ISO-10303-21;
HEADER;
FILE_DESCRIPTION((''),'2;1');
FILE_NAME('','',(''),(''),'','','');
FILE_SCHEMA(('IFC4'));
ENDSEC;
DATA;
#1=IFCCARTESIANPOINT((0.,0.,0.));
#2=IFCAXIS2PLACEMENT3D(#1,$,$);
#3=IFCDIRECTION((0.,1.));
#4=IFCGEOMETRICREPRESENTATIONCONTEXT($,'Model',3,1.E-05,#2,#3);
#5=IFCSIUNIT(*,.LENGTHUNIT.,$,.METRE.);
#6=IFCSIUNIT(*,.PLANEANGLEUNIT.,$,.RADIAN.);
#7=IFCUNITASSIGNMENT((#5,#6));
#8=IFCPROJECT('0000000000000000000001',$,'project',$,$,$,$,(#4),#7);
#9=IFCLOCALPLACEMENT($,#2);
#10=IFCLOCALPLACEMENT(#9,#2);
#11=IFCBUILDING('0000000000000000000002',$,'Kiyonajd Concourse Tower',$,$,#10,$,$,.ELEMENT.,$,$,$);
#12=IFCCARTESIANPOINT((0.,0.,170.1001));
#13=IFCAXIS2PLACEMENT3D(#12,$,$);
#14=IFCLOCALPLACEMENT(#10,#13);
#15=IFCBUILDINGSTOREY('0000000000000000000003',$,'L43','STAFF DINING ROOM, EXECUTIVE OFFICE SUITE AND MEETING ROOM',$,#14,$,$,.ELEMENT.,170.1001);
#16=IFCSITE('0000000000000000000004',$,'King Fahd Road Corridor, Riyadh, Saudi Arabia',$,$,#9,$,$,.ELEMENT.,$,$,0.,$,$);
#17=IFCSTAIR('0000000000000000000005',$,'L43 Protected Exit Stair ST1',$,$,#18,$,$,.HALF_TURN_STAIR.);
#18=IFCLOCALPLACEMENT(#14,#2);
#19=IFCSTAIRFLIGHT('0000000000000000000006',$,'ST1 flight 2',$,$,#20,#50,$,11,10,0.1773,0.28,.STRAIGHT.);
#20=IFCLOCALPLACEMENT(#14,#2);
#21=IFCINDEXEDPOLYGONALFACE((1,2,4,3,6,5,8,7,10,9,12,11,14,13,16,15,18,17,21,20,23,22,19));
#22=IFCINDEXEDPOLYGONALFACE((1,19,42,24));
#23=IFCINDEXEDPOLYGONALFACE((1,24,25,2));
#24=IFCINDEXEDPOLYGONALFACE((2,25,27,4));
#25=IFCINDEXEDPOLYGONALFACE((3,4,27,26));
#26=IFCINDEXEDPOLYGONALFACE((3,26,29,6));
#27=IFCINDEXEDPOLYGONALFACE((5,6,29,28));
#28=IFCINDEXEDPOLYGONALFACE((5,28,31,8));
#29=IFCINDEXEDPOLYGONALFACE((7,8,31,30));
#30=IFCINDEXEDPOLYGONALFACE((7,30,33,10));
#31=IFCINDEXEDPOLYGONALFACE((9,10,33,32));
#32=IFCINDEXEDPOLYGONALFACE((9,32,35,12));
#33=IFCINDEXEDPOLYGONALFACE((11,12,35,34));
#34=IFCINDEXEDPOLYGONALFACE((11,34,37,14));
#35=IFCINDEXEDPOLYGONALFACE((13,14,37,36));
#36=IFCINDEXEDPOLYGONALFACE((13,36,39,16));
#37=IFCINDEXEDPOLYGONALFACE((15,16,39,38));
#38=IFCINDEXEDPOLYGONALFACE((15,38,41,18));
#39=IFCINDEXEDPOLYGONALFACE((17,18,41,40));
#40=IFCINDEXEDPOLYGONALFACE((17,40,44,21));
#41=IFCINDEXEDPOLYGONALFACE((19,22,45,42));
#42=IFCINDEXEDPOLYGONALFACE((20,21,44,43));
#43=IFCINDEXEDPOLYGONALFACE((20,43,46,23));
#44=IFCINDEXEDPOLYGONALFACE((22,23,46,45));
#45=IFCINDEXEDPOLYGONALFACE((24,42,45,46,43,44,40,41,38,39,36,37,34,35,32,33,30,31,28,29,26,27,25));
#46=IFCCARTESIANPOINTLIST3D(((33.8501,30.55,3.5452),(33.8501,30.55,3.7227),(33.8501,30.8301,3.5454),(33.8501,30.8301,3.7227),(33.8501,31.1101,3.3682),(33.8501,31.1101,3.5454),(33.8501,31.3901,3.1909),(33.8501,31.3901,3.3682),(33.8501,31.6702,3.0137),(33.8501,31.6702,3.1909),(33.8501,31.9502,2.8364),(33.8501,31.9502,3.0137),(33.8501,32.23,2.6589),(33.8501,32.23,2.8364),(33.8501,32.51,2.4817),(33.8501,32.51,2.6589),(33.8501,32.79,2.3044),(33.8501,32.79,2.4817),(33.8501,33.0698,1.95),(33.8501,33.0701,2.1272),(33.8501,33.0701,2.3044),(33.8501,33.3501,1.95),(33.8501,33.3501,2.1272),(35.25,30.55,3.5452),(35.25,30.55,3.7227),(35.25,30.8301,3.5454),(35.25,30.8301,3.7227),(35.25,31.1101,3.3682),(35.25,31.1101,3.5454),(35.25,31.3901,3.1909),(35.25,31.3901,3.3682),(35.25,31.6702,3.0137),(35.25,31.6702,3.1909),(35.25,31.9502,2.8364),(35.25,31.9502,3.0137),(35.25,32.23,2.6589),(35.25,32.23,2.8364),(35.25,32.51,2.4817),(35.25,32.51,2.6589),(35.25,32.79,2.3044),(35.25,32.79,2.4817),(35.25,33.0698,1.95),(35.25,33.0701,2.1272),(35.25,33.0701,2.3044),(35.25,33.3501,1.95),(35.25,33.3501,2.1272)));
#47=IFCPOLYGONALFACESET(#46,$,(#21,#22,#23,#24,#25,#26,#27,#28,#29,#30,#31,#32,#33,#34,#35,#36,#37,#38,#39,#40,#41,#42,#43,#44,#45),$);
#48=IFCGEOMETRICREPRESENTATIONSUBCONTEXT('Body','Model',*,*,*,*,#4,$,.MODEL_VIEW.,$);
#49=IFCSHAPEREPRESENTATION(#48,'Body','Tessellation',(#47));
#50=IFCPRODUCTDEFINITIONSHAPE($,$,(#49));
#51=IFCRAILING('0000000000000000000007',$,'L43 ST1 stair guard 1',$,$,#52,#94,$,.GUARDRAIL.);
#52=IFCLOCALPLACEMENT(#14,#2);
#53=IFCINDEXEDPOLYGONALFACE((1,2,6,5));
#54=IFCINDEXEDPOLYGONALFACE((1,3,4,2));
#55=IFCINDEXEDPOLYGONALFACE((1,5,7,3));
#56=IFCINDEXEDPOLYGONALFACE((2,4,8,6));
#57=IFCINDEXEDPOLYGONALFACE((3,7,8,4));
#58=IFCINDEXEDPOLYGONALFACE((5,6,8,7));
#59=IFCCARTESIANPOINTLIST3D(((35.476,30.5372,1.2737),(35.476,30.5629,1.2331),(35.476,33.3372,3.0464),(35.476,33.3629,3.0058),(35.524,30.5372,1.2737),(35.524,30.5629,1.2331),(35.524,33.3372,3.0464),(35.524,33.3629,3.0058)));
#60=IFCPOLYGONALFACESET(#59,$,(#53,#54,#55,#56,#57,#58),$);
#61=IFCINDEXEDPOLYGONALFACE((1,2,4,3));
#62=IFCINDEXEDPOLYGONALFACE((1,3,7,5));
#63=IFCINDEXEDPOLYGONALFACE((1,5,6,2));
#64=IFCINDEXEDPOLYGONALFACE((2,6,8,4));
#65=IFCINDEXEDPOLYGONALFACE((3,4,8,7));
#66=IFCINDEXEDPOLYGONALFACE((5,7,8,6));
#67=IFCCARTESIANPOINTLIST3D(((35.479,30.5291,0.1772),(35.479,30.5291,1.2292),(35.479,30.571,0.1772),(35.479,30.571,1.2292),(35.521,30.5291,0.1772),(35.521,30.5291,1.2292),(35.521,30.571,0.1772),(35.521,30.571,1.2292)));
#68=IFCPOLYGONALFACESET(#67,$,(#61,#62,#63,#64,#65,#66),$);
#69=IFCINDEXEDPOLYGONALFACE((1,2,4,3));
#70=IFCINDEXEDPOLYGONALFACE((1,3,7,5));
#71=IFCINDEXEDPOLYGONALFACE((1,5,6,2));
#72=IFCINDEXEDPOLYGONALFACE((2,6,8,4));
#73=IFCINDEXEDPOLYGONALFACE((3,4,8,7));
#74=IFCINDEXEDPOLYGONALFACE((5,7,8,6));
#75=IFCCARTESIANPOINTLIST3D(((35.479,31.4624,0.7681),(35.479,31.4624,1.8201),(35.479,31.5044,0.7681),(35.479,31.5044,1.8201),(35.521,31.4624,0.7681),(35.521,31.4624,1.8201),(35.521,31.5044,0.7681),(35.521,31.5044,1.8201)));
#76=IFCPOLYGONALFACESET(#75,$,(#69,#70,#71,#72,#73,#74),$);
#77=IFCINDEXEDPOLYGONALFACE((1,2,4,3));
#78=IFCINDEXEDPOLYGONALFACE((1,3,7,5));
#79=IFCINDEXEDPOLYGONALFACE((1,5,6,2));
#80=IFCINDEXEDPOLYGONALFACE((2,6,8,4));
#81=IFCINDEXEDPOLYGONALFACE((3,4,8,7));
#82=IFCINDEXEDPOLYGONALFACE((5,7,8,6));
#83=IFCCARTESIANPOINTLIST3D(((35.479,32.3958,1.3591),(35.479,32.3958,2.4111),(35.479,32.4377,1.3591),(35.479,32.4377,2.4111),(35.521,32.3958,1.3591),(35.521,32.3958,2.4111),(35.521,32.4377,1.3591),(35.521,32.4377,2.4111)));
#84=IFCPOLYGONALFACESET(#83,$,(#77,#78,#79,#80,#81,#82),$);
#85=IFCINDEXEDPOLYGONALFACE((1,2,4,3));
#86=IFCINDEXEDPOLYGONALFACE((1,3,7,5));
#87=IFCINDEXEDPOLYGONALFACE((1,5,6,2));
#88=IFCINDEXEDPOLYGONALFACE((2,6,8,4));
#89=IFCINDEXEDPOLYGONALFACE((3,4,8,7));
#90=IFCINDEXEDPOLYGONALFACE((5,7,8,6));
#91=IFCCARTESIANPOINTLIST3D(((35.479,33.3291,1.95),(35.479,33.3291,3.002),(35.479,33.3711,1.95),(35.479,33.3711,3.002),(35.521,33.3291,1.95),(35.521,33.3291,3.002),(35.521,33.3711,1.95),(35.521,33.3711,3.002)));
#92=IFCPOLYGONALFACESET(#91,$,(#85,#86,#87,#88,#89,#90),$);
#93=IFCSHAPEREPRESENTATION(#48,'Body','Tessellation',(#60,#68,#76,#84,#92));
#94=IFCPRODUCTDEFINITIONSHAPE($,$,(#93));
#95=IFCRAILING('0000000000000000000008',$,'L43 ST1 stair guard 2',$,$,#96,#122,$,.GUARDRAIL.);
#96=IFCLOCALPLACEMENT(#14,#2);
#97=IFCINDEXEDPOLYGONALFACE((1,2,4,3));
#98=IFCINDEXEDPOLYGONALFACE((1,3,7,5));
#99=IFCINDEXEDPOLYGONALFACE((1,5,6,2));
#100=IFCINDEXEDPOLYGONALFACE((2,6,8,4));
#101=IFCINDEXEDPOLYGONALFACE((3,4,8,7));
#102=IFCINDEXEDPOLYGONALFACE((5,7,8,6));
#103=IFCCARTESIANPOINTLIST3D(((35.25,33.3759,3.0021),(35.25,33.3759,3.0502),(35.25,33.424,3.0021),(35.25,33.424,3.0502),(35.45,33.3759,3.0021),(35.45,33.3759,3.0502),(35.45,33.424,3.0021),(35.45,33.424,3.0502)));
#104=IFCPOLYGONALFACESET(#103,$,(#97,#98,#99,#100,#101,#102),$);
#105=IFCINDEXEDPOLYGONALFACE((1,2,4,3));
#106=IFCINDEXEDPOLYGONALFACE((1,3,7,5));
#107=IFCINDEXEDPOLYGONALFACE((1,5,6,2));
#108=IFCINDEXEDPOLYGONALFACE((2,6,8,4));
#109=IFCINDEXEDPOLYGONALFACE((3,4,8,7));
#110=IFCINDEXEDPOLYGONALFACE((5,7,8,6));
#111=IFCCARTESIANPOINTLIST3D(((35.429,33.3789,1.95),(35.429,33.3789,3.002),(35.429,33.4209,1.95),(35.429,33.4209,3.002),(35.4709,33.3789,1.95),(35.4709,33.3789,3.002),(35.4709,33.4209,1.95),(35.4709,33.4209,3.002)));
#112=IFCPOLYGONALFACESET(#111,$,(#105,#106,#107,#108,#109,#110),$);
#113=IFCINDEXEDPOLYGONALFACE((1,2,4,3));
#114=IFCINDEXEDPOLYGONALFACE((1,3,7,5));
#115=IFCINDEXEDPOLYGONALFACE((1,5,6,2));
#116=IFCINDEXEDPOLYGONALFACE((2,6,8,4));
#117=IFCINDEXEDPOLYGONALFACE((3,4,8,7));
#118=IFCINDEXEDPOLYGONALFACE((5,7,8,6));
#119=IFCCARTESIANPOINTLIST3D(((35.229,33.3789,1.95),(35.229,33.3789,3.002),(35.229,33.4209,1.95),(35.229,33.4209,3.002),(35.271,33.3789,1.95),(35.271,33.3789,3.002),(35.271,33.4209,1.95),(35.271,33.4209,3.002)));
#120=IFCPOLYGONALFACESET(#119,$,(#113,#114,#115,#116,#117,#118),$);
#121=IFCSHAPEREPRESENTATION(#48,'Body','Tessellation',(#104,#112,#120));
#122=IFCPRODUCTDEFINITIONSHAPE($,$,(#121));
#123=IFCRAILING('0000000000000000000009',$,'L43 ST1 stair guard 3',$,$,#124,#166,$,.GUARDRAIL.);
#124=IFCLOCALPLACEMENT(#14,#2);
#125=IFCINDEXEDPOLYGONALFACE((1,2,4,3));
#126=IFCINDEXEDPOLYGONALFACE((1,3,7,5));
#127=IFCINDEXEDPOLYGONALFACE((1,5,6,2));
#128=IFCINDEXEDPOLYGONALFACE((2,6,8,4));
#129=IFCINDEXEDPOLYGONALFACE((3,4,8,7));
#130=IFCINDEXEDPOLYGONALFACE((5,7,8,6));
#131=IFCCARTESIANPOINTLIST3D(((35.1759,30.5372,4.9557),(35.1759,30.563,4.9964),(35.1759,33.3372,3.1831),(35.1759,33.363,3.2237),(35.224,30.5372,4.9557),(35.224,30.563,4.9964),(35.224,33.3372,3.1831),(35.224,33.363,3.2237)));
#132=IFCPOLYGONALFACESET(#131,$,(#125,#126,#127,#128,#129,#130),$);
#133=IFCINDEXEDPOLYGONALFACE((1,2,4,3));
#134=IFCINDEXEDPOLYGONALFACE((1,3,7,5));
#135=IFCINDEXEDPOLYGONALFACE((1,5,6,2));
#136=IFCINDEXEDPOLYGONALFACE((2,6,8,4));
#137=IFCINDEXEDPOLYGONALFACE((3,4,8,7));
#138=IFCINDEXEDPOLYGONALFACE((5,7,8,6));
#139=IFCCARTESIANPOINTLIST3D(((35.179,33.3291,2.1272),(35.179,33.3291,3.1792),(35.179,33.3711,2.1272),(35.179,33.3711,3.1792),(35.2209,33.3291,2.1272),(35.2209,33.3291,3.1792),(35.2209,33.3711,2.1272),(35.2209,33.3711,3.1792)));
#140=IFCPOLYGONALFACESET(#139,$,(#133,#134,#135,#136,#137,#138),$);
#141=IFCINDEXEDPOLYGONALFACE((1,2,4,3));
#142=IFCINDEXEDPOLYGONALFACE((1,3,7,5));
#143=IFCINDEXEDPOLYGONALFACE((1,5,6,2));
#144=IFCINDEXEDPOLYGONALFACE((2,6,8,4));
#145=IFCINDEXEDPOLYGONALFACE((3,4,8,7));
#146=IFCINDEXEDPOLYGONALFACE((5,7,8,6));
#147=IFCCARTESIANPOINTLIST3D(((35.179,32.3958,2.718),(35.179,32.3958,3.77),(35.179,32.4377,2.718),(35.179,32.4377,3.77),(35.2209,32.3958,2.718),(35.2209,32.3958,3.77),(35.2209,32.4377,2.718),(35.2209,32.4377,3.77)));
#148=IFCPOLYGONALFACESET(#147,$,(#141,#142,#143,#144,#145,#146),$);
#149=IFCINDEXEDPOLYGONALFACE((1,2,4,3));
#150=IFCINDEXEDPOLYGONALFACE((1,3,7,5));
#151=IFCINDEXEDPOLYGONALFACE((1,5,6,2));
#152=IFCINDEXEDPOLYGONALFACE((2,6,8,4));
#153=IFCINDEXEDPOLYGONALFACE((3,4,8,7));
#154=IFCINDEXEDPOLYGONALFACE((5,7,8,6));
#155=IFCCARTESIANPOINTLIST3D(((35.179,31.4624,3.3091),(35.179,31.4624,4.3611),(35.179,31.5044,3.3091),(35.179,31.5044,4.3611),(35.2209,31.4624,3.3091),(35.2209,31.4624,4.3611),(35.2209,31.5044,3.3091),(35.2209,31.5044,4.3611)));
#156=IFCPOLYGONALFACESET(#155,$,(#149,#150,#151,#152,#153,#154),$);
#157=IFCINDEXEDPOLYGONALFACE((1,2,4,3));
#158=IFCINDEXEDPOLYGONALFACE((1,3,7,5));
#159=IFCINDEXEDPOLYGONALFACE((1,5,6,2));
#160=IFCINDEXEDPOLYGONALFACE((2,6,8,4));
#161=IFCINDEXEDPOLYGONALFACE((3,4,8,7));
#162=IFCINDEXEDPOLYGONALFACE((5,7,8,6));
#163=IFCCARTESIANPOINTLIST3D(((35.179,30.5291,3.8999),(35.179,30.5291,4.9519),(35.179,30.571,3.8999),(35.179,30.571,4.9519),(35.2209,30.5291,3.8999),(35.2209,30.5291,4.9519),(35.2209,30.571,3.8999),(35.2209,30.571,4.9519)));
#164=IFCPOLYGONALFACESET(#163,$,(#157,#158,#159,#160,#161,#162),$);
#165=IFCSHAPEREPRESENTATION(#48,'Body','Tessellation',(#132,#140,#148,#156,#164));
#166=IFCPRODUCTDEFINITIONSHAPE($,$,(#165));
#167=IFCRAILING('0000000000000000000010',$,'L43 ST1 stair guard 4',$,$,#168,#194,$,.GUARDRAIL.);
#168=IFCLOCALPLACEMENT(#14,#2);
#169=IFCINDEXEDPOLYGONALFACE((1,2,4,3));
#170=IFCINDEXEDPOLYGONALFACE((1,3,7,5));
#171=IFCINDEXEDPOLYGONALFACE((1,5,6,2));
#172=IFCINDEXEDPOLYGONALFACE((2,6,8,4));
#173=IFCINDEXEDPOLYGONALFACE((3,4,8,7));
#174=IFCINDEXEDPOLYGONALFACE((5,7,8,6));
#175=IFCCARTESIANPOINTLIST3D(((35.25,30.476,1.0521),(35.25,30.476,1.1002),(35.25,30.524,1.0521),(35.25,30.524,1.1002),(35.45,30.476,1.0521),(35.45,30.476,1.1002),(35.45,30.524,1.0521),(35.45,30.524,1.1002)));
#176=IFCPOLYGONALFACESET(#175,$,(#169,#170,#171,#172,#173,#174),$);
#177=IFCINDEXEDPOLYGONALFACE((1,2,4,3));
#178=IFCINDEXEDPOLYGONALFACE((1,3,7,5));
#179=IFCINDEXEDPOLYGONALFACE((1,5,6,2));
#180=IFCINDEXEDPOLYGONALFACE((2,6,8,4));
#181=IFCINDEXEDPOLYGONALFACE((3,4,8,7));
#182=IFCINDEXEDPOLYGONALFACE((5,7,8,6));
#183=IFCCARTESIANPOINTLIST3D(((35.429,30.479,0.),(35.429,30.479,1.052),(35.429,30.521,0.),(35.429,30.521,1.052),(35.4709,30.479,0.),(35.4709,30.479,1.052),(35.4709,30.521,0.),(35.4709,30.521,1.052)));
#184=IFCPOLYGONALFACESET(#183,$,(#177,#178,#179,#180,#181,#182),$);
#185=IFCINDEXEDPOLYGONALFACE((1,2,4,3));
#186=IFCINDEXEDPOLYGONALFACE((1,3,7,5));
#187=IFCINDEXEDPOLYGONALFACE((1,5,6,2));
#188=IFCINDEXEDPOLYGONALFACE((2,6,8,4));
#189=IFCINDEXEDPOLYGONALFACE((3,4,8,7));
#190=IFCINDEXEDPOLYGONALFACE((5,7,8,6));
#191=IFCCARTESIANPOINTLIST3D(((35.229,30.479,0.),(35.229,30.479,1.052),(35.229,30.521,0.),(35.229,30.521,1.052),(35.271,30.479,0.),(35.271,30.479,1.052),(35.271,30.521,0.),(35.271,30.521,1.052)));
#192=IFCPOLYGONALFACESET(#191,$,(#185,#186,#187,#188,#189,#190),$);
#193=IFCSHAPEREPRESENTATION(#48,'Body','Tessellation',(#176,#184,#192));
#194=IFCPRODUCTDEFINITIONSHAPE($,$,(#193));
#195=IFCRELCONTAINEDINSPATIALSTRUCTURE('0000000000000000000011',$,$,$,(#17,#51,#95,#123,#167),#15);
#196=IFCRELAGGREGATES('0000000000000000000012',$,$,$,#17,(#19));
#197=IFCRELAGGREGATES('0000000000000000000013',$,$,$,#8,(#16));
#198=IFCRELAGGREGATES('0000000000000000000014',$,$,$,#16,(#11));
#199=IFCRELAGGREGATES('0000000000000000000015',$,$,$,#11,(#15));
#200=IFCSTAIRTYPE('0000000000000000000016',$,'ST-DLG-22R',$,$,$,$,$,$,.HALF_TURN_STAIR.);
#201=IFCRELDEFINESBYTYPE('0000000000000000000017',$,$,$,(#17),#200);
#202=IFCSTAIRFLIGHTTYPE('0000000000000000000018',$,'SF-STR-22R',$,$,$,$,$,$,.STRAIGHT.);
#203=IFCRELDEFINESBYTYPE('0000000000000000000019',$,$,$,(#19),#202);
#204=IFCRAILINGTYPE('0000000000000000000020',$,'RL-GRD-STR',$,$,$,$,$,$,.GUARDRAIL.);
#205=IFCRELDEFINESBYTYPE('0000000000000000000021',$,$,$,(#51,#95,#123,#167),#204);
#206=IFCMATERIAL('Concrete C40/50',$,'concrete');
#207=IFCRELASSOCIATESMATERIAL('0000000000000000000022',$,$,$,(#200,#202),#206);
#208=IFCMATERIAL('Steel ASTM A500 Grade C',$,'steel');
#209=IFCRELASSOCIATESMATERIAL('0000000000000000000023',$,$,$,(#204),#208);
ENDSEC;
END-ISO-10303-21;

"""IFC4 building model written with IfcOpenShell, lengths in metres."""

from ifc_helpers import new_model, si_unit, direction, frame, origin, origin_2d, place, context, subcontext, project, spatial, polyline, rectangle, outline, extrude, material, type_object, element, aggregate, save


model = new_model("IFC4")

# Units and contexts
model_context = context("Model", 3, precision=1e-05, world=origin(), true_north=direction((0.0, 1.0)))
body_context = subcontext(model_context, "Body", "Model", "MODEL_VIEW")
ifc_project = project(units=[si_unit("LENGTHUNIT", "METRE"), si_unit("PLANEANGLEUNIT", "RADIAN")], contexts=[model_context])

# Site, building, storey
site_placement = place(None, origin())
site = spatial("IfcSite", under=ifc_project, at=site_placement, Name="King Fahd Road Corridor, Riyadh, Saudi Arabia", CompositionType="ELEMENT", RefElevation=0.0)
building_placement = place(site_placement, origin())
building = spatial("IfcBuilding", under=site, at=building_placement, Name="Kiyonajd Concourse Tower", CompositionType="ELEMENT")
storey_placement = place(building_placement, frame((0.0, 0.0, 170.1001)))
storey = spatial("IfcBuildingStorey", under=building, at=storey_placement, Name="L43", Description="STAFF DINING ROOM, EXECUTIVE OFFICE SUITE AND MEETING ROOM", CompositionType="ELEMENT", Elevation=170.1001)

# Stair, stair flight
ifc_material_1 = material(Name="Concrete C40/50", Category="concrete")
stair_type = type_object("IfcStairType", Name="ST-DLG-22R", PredefinedType="HALF_TURN_STAIR", material=ifc_material_1)
stair_placement = place(storey_placement, origin())
stair = element("IfcStair", 1, at=stair_placement, inside=storey, type_object=stair_type, Name="L43 Protected Exit Stair ST1", PredefinedType="HALF_TURN_STAIR")
stair_flight_type = type_object("IfcStairFlightType", Name="SF-STR-22R", PredefinedType="STRAIGHT", material=ifc_material_1)
stair_flight_1_placement = place(storey_placement, frame((34.55, 33.3501, 1.95), z_axis=(0.0, 0.0, 1.0), x_axis=(0.0, -1.0, 0.0)))
stair_flight_1 = element("IfcStairFlight", 2, at=stair_flight_1_placement, type_object=stair_flight_type, Name="ST1 flight 2", NumberOfRisers=11, NumberOfTreads=10, PredefinedType="STRAIGHT", RiserHeight=0.1773, TreadLength=0.28, context=body_context, shape_type="SweptSolid", body=[
    extrude(outline(polyline([(0.0, 0.0), (0.0, 0.1772), (0.28, 0.1772), (0.28, 0.3545), (0.5601, 0.3545), (0.5601, 0.5317), (0.8401, 0.5317), (0.8401, 0.709), (1.1201, 0.709), (1.1201, 0.8865), (1.3999, 0.8865), (1.3999, 1.0637), (1.6799, 1.0637), (1.6799, 1.241), (1.96, 1.241), (1.96, 1.4182), (2.24, 1.4182), (2.24, 1.5955), (2.52, 1.5955), (2.52, 1.7727), (2.8, 1.7727), (2.8, 1.95), (2.8, 1.5952), (0.2803, 0.0), (0.0, 0.0)])), frame((0.0, 0.7, 0.0), z_axis=(0.0, -1.0, 0.0), x_axis=(1.0, 0.0, 0.0)), (0.0, 0.0, 1.0), 1.3999),
])
aggregate(stair, [stair_flight_1])

# Railings
ifc_material_2 = material(Name="Steel ASTM A500 Grade C", Category="steel")
railing_type_1 = type_object("IfcRailingType", Name="RL-GRD-STR", PredefinedType="GUARDRAIL", material=ifc_material_2)
railing_1_placement = place(storey_placement, frame((35.5, 30.55, 0.1772)))
element("IfcRailing", 3, at=railing_1_placement, inside=storey, type_object=railing_type_1, Name="L43 ST1 stair guard 1", PredefinedType="GUARDRAIL", context=body_context, shape_type="SweptSolid", body=[
    extrude(rectangle(XDim=0.0481, YDim=0.0481, at=origin_2d()), frame((0.0, 0.0, 1.0762), z_axis=(0.0, 0.844909, 0.53491), x_axis=(-1.0, 0.0, 0.0)), (0.0, 0.0, 1.0), 3.314),
    extrude(rectangle(XDim=0.042, YDim=0.042, at=origin_2d()), origin(), (0.0, 0.0, 1.0), 1.052),
    extrude(rectangle(XDim=0.042, YDim=0.042, at=origin_2d()), frame((0.0, 0.9333, 0.5908)), (0.0, 0.0, 1.0), 1.052),
    extrude(rectangle(XDim=0.042, YDim=0.042, at=origin_2d()), frame((0.0, 1.8667, 1.1819)), (0.0, 0.0, 1.0), 1.052),
    extrude(rectangle(XDim=0.042, YDim=0.042, at=origin_2d()), frame((0.0, 2.8, 1.7727)), (0.0, 0.0, 1.0), 1.052),
])
railing_2_placement = place(storey_placement, frame((35.45, 33.3999, 1.95)))
element("IfcRailing", 4, at=railing_2_placement, inside=storey, type_object=railing_type_1, Name="L43 ST1 stair guard 2", PredefinedType="GUARDRAIL", context=body_context, shape_type="SweptSolid", body=[
    extrude(rectangle(XDim=0.0481, YDim=0.0481, at=origin_2d()), frame((0.0, 0.0, 1.0762), z_axis=(-1.0, 0.0, 0.0), x_axis=(0.0, -1.0, 0.0)), (0.0, 0.0, 1.0), 0.2),
    extrude(rectangle(XDim=0.042, YDim=0.042, at=origin_2d()), origin(), (0.0, 0.0, 1.0), 1.052),
    extrude(rectangle(XDim=0.042, YDim=0.042, at=origin_2d()), frame((-0.2, 0.0, 0.0)), (0.0, 0.0, 1.0), 1.052),
])
railing_3_placement = place(storey_placement, frame((35.2, 33.3501, 2.1272)))
element("IfcRailing", 5, at=railing_3_placement, inside=storey, type_object=railing_type_1, Name="L43 ST1 stair guard 3", PredefinedType="GUARDRAIL", context=body_context, shape_type="SweptSolid", body=[
    extrude(rectangle(XDim=0.0481, YDim=0.0481, at=origin_2d()), frame((0.0, 0.0, 1.0762), z_axis=(0.0, -0.844909, 0.53491), x_axis=(1.0, 0.0, 0.0)), (0.0, 0.0, 1.0), 3.314),
    extrude(rectangle(XDim=0.042, YDim=0.042, at=origin_2d()), origin(), (0.0, 0.0, 1.0), 1.052),
    extrude(rectangle(XDim=0.042, YDim=0.042, at=origin_2d()), frame((0.0, -0.9333, 0.5908)), (0.0, 0.0, 1.0), 1.052),
    extrude(rectangle(XDim=0.042, YDim=0.042, at=origin_2d()), frame((0.0, -1.8667, 1.1819)), (0.0, 0.0, 1.0), 1.052),
    extrude(rectangle(XDim=0.042, YDim=0.042, at=origin_2d()), frame((0.0, -2.8, 1.7727)), (0.0, 0.0, 1.0), 1.052),
])
railing_4_placement = place(storey_placement, frame((35.45, 30.5, 0.0)))
element("IfcRailing", 6, at=railing_4_placement, inside=storey, type_object=railing_type_1, Name="L43 ST1 stair guard 4", PredefinedType="GUARDRAIL", context=body_context, shape_type="SweptSolid", body=[
    extrude(rectangle(XDim=0.0481, YDim=0.0481, at=origin_2d()), frame((0.0, 0.0, 1.0762), z_axis=(-1.0, 0.0, 0.0), x_axis=(0.0, -1.0, 0.0)), (0.0, 0.0, 1.0), 0.2),
    extrude(rectangle(XDim=0.042, YDim=0.042, at=origin_2d()), origin(), (0.0, 0.0, 1.0), 1.052),
    extrude(rectangle(XDim=0.042, YDim=0.042, at=origin_2d()), frame((-0.2, 0.0, 0.0)), (0.0, 0.0, 1.0), 1.052),
])

save(model, "model.ifc")
